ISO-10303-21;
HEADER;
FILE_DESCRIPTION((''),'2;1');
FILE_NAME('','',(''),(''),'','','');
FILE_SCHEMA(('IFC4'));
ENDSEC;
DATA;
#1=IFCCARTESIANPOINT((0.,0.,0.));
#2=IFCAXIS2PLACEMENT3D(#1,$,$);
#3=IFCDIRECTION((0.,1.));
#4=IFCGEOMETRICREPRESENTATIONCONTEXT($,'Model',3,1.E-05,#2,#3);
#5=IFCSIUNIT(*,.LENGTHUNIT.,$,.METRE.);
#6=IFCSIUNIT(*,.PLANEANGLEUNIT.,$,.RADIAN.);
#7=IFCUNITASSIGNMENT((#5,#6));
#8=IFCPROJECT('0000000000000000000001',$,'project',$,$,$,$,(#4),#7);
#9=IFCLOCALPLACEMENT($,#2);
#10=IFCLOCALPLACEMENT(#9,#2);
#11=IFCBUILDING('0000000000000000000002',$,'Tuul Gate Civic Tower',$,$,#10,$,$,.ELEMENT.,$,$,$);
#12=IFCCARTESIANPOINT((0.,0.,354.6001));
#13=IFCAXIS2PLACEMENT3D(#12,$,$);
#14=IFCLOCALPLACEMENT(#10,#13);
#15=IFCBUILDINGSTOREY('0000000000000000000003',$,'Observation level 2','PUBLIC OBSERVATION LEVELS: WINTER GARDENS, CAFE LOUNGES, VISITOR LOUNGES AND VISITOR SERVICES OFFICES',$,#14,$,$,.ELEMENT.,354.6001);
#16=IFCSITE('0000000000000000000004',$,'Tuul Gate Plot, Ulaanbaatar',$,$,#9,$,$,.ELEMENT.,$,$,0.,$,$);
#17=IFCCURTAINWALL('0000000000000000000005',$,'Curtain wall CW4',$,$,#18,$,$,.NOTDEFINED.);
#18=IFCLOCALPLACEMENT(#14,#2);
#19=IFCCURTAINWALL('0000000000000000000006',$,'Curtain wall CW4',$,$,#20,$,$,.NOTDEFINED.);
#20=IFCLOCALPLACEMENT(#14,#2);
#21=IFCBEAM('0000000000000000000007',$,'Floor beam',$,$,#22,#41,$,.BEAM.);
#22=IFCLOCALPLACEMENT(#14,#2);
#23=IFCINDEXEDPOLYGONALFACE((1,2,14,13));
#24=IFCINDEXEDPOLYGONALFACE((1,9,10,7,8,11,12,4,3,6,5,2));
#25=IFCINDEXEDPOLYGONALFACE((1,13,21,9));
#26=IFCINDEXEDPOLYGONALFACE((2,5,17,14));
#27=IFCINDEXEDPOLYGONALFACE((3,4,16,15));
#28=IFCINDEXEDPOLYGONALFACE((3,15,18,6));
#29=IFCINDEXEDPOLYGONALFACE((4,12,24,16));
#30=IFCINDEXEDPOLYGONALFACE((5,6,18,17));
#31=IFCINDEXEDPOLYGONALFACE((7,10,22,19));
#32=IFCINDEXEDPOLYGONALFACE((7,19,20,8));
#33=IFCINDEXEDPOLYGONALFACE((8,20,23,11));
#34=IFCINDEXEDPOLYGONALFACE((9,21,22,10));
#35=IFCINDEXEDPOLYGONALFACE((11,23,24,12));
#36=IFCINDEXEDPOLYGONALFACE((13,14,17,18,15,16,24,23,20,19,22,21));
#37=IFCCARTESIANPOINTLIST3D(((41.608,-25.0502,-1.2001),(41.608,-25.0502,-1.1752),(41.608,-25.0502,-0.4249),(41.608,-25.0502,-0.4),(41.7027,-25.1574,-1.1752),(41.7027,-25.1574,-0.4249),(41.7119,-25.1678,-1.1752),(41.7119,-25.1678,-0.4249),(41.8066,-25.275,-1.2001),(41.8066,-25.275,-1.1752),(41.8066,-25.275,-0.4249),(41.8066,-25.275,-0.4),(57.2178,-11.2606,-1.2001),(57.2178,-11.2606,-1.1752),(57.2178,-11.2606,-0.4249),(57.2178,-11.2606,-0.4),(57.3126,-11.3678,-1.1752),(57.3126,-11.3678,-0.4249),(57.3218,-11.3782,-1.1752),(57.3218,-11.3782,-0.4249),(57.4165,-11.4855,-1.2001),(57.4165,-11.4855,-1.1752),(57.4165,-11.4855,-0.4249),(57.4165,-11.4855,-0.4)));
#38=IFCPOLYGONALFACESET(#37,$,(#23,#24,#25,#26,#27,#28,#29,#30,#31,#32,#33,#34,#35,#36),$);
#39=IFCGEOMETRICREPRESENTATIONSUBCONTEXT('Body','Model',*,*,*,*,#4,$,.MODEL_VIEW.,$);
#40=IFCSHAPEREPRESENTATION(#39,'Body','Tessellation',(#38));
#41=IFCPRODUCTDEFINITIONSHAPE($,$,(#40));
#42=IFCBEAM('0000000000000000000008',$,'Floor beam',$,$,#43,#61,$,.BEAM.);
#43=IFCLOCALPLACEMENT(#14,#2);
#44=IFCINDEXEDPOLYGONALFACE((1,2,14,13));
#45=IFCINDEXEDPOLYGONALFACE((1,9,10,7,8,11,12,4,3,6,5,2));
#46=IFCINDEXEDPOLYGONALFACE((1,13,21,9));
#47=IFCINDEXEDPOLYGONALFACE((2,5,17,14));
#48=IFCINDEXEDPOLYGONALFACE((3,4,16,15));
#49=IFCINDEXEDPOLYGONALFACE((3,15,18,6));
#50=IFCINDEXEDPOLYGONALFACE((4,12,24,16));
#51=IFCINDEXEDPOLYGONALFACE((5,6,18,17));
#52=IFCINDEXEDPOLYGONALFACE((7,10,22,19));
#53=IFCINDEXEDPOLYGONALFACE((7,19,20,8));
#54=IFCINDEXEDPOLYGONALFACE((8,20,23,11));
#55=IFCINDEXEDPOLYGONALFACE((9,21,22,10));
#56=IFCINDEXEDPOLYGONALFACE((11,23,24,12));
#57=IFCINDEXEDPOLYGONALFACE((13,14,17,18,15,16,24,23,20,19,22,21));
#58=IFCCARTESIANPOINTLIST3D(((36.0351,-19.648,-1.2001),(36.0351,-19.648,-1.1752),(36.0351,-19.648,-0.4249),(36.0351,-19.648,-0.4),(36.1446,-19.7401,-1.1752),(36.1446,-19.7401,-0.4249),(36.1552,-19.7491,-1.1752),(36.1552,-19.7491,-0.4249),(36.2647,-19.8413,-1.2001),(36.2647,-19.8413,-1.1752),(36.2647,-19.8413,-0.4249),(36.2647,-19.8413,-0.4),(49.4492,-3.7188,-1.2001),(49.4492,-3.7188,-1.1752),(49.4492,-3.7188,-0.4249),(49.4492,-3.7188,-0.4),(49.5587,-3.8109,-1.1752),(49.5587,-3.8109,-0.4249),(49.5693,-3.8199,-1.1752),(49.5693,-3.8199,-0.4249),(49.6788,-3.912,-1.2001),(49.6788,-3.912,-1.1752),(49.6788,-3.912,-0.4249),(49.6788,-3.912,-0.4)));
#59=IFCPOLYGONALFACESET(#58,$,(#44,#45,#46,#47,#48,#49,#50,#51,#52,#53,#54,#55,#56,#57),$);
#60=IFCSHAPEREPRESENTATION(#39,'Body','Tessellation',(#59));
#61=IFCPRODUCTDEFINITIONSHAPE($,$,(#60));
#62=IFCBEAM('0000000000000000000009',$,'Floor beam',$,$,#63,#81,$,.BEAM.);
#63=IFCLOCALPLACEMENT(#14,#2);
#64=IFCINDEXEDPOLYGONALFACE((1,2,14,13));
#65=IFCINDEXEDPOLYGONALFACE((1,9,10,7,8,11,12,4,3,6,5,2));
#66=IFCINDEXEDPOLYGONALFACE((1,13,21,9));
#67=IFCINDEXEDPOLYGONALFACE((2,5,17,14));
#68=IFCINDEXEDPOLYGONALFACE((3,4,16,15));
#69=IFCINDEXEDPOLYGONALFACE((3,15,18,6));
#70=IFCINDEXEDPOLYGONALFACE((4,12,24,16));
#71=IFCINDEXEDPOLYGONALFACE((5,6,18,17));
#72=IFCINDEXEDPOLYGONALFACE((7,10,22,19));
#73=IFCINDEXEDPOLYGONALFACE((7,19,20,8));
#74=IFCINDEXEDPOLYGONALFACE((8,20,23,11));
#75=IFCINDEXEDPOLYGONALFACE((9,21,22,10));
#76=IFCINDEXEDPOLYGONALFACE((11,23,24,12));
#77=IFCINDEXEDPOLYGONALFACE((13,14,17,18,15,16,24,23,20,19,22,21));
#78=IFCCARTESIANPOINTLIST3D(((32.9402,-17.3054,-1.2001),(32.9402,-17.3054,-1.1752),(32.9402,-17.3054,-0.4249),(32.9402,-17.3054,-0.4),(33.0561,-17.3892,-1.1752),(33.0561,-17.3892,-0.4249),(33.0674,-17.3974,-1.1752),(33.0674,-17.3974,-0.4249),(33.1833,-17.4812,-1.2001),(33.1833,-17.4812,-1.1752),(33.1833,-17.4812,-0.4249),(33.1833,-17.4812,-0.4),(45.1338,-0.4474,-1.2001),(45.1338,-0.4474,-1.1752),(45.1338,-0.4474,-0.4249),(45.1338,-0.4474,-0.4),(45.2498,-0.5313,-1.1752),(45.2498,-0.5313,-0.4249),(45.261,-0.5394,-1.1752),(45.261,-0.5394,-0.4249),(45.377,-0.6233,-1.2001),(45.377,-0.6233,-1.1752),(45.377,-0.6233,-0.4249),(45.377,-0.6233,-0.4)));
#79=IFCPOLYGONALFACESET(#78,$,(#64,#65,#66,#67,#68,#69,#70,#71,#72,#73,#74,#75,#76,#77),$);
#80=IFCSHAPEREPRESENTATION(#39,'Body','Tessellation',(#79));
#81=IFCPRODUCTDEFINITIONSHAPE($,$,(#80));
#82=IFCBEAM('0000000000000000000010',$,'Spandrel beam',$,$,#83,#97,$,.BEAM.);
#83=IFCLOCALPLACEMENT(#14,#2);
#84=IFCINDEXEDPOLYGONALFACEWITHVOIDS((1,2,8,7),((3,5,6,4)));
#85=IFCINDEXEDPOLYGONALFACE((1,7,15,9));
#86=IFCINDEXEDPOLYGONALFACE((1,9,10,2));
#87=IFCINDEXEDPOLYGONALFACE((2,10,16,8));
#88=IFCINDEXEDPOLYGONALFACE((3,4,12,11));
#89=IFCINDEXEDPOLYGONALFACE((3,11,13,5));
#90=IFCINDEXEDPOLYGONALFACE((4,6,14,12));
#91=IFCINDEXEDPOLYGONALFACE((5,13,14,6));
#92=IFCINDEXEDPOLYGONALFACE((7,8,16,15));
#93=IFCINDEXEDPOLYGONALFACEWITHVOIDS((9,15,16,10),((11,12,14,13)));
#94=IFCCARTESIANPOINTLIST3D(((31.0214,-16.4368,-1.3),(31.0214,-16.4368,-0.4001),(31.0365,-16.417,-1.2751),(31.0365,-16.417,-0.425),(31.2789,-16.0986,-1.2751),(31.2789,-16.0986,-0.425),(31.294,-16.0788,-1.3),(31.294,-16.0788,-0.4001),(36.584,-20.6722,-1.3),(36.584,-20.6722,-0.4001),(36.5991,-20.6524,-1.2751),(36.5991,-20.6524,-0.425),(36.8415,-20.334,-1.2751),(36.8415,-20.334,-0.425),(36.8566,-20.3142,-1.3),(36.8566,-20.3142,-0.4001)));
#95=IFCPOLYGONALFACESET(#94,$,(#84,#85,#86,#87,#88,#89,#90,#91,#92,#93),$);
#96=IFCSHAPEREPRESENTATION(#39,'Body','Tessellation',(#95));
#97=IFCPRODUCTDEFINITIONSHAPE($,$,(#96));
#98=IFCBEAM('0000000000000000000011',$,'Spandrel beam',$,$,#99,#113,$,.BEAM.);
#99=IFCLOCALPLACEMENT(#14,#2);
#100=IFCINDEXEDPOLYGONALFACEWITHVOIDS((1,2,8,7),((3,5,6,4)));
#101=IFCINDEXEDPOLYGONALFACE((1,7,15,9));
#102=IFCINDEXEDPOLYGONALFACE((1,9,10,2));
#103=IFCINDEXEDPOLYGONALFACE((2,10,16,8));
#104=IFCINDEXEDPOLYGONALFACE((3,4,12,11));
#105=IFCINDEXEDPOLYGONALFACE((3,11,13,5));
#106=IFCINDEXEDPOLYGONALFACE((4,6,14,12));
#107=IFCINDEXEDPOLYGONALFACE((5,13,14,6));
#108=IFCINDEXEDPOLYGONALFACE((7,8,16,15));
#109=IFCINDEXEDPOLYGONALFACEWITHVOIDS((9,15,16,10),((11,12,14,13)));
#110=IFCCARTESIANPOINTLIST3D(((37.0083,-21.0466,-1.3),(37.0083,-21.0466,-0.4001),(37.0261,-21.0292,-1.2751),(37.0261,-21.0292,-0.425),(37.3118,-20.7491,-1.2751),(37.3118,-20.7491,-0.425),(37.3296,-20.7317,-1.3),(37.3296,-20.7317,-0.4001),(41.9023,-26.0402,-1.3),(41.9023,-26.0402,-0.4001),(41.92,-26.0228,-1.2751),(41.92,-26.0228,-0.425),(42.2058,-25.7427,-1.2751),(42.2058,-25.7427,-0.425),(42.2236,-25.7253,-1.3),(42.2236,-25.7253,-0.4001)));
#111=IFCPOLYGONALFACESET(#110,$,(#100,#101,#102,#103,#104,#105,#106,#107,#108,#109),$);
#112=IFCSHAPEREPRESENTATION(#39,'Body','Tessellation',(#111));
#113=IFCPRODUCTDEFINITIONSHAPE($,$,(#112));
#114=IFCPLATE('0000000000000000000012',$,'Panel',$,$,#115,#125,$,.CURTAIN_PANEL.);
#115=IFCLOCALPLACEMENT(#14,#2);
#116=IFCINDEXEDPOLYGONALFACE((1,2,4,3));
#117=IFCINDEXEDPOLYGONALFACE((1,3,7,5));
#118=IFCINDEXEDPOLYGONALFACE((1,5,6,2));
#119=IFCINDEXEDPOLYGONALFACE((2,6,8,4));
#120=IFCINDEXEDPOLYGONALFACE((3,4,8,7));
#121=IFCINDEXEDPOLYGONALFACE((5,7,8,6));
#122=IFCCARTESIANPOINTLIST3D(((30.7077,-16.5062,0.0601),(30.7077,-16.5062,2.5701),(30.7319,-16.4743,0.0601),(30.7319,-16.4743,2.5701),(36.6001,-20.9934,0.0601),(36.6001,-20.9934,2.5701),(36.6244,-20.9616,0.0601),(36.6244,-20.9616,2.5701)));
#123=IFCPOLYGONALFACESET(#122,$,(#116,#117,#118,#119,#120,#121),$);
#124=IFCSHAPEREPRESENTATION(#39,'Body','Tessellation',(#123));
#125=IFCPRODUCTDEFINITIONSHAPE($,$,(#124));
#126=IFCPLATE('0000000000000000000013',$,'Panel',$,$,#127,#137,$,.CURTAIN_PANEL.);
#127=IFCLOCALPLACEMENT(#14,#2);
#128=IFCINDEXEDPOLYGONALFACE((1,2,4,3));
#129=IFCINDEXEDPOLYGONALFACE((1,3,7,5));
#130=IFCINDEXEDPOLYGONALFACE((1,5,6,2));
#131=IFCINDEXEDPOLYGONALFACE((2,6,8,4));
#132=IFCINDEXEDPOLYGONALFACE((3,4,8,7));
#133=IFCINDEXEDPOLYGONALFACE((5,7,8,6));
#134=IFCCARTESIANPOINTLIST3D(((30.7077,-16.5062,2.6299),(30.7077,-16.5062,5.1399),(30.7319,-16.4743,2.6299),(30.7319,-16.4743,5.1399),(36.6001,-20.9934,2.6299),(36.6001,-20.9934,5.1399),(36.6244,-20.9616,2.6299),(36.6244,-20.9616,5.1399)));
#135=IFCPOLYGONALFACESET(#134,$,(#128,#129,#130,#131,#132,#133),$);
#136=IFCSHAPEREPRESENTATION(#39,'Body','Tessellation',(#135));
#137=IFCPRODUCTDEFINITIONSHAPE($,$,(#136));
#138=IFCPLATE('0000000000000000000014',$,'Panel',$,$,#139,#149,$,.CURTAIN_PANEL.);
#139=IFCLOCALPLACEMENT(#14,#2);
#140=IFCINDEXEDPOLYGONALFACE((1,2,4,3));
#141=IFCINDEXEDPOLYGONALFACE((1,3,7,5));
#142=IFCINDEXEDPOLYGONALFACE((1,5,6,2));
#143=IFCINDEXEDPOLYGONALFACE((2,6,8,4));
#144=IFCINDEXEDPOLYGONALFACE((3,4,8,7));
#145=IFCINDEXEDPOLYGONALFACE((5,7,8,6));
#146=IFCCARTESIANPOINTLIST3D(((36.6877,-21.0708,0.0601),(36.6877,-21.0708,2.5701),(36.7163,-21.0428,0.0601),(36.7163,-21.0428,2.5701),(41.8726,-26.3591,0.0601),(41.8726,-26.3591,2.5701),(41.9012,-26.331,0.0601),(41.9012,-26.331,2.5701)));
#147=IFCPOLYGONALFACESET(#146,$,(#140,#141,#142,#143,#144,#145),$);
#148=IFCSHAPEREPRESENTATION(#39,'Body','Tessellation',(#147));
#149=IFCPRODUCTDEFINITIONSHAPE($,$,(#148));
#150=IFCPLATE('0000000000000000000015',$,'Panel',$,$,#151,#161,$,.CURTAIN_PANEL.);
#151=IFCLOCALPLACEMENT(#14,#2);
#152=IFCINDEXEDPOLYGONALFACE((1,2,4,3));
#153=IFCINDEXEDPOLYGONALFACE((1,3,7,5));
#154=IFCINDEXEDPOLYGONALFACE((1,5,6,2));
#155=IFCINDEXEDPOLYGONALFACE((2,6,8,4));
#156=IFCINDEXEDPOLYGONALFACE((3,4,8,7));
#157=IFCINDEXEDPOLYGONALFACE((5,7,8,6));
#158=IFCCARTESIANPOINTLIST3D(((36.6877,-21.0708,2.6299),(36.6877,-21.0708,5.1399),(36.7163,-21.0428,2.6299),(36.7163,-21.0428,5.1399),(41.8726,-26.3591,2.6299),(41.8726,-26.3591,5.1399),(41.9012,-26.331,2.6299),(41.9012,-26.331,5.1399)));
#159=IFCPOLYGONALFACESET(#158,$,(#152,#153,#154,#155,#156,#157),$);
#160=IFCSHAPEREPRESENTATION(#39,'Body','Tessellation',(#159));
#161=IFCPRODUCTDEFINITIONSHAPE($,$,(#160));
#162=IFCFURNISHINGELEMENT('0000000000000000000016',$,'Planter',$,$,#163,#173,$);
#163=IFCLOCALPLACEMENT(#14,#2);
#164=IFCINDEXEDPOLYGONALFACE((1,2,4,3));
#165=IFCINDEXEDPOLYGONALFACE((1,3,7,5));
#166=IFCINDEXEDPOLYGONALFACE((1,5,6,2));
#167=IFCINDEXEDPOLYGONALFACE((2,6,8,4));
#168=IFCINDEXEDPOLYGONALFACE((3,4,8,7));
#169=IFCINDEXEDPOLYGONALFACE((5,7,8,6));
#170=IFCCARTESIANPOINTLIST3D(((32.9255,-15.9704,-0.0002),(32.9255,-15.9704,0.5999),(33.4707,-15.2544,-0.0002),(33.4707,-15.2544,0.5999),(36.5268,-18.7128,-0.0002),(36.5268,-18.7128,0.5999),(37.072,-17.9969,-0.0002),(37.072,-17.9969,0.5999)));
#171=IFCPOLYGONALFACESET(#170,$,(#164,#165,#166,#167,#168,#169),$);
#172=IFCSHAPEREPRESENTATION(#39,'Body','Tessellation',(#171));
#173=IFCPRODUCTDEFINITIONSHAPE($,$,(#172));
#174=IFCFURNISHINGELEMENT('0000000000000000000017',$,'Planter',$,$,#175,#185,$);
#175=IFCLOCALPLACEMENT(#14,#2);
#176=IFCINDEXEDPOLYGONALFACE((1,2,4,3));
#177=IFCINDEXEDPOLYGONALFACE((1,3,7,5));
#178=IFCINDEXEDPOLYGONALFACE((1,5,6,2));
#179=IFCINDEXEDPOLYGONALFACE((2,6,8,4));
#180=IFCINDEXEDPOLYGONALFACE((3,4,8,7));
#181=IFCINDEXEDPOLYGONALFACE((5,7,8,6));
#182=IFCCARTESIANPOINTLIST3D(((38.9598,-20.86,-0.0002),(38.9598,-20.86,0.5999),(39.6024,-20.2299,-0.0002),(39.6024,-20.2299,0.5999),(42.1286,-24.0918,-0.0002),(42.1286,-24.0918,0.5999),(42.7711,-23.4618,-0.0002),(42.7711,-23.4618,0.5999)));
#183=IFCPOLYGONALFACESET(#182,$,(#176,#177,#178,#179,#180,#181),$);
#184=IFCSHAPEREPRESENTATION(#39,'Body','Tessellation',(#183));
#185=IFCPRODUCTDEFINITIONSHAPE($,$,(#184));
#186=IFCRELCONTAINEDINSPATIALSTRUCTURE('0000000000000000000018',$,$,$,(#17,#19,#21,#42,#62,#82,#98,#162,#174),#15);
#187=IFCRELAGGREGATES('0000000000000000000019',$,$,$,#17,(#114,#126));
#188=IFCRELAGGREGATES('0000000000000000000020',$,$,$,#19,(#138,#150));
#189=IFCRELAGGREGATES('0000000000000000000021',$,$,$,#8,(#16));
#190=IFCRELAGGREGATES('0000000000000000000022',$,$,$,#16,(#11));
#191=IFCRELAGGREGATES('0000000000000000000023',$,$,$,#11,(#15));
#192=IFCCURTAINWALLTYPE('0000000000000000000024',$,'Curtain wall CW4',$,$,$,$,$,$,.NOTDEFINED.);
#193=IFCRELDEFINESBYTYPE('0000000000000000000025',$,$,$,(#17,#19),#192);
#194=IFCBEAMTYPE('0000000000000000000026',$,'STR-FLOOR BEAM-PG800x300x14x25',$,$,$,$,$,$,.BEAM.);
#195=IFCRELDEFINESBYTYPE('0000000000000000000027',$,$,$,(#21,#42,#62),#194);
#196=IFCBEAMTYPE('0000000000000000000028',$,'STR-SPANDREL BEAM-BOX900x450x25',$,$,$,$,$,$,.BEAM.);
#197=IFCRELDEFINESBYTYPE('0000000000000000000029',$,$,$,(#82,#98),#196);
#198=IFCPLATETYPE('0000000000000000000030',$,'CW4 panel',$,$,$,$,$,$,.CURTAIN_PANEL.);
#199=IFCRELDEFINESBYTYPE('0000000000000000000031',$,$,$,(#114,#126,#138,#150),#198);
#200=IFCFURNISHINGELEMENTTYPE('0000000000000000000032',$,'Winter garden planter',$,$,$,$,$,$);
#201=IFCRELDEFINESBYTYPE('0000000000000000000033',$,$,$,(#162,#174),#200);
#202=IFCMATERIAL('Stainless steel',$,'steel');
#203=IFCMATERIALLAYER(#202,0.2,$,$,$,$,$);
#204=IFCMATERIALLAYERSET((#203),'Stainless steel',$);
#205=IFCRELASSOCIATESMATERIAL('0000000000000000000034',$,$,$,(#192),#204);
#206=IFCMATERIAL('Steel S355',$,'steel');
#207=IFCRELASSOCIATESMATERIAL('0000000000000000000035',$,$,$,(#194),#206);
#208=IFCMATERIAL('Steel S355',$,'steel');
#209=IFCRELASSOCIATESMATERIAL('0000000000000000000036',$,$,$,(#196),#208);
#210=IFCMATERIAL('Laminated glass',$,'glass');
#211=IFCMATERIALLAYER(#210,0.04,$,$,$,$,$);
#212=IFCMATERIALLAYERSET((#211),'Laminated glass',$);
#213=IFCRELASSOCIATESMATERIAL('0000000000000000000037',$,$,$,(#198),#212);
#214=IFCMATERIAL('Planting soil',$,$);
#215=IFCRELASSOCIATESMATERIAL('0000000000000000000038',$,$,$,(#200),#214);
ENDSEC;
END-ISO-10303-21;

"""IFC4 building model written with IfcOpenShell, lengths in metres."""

from ifc_helpers import new_model, si_unit, direction, frame, origin, origin_2d, place, context, subcontext, project, spatial, rectangle, hollow_rectangle, i_section, extrude, material, layer, layer_set, material_profile, profile_set, type_object, element, aggregate, save


model = new_model("IFC4")

# Units and contexts
model_context = context("Model", 3, precision=1e-05, world=origin(), true_north=direction((0.0, 1.0)))
body_context = subcontext(model_context, "Body", "Model", "MODEL_VIEW")
ifc_project = project(units=[si_unit("LENGTHUNIT", "METRE"), si_unit("PLANEANGLEUNIT", "RADIAN")], contexts=[model_context])

# Site, building, storey
site_placement = place(None, origin())
site = spatial("IfcSite", under=ifc_project, at=site_placement, Name="Tuul Gate Plot, Ulaanbaatar", CompositionType="ELEMENT", RefElevation=0.0)
building_placement = place(site_placement, origin())
building = spatial("IfcBuilding", under=site, at=building_placement, Name="Tuul Gate Civic Tower", CompositionType="ELEMENT")
storey_placement = place(building_placement, frame((0.0, 0.0, 354.6001)))
storey = spatial("IfcBuildingStorey", under=building, at=storey_placement, Name="Observation level 2", Description="PUBLIC OBSERVATION LEVELS: WINTER GARDENS, CAFE LOUNGES, VISITOR LOUNGES AND VISITOR SERVICES OFFICES", CompositionType="ELEMENT", Elevation=354.6001)

# Curtain wall
ifc_material_1 = material(Name="Stainless steel", Category="steel")
ifc_layer_1 = layer(ifc_material_1, 0.2)
ifc_layer_set_1 = layer_set([ifc_layer_1], Name="Stainless steel")
curtain_wall_type = type_object("IfcCurtainWallType", Name="Curtain wall CW4", PredefinedType="NOTDEFINED", material=ifc_layer_set_1)
curtain_wall_1_placement = place(storey_placement, origin())
curtain_wall_1 = element("IfcCurtainWall", 1, at=curtain_wall_1_placement, inside=storey, type_object=curtain_wall_type, Name="Curtain wall CW4", PredefinedType="NOTDEFINED")

# Curtain wall
curtain_wall_2_placement = place(storey_placement, origin())
curtain_wall_2 = element("IfcCurtainWall", 2, at=curtain_wall_2_placement, inside=storey, type_object=curtain_wall_type, Name="Curtain wall CW4", PredefinedType="NOTDEFINED")

# Beams
ifc_material_2 = material(Name="Steel S355", Category="steel")
ifc_material_profile_1 = material_profile(ifc_material_2, i_section(OverallWidth=0.3, OverallDepth=0.8, WebThickness=0.0139, FlangeThickness=0.0249, at=origin_2d()), Name="PG800x300x14x25")
ifc_profile_set_1 = profile_set([ifc_material_profile_1], Name="Steel S355")
beam_type_1 = type_object("IfcBeamType", Name="STR-FLOOR BEAM-PG800x300x14x25", PredefinedType="BEAM", material=ifc_profile_set_1)
beam_1_placement = place(storey_placement, frame((41.7073, -25.1626, -0.8), z_axis=(0.749453, 0.662057, 0.0), x_axis=(-0.662057, 0.749453, 0.0)))
element("IfcBeam", 3, at=beam_1_placement, inside=storey, type_object=beam_type_1, Name="Floor beam", PredefinedType="BEAM", context=body_context, shape_type="SweptSolid", body=[
    extrude(i_section(OverallWidth=0.3, OverallDepth=0.8, WebThickness=0.0139, FlangeThickness=0.0249, at=origin_2d()), origin(), (0.0, 0.0, 1.0), 20.8284),
])
beam_2_placement = place(storey_placement, frame((36.1499, -19.7446, -0.8), z_axis=(0.644136, 0.764911, 0.0), x_axis=(-0.764911, 0.644136, 0.0)))
element("IfcBeam", 4, at=beam_2_placement, inside=storey, type_object=beam_type_1, Name="Floor beam", PredefinedType="BEAM", context=body_context, shape_type="SweptSolid", body=[
    extrude(i_section(OverallWidth=0.3, OverallDepth=0.8, WebThickness=0.0139, FlangeThickness=0.0249, at=origin_2d()), origin(), (0.0, 0.0, 1.0), 20.825),
])
beam_3_placement = place(storey_placement, frame((33.0618, -17.3933, -0.8), z_axis=(0.586073, 0.810258, 0.0), x_axis=(-0.810258, 0.586073, 0.0)))
element("IfcBeam", 5, at=beam_3_placement, inside=storey, type_object=beam_type_1, Name="Floor beam", PredefinedType="BEAM", context=body_context, shape_type="SweptSolid", body=[
    extrude(i_section(OverallWidth=0.3, OverallDepth=0.8, WebThickness=0.0139, FlangeThickness=0.0249, at=origin_2d()), origin(), (0.0, 0.0, 1.0), 20.8057),
])
ifc_material_3 = material(Name="Steel S355", Category="steel")
ifc_material_profile_2 = material_profile(ifc_material_3, hollow_rectangle(XDim=0.45, YDim=0.8999, WallThickness=0.0249, at=origin_2d()), Name="BOX900x450x25")
ifc_profile_set_2 = profile_set([ifc_material_profile_2], Name="Steel S355")
beam_type_2 = type_object("IfcBeamType", Name="STR-SPANDREL BEAM-BOX900x450x25", PredefinedType="BEAM", material=ifc_profile_set_2)
beam_4_placement = place(storey_placement, frame((31.1577, -16.2578, -0.8501), z_axis=(0.795621, -0.605795, 0.0), x_axis=(0.605795, 0.795621, 0.0)))
element("IfcBeam", 6, at=beam_4_placement, inside=storey, type_object=beam_type_2, Name="Spandrel beam", PredefinedType="BEAM", context=body_context, shape_type="SweptSolid", body=[
    extrude(hollow_rectangle(XDim=0.45, YDim=0.8999, WallThickness=0.0249, at=origin_2d()), origin(), (0.0, 0.0, 1.0), 6.9915),
])
beam_5_placement = place(storey_placement, frame((37.1689, -20.8892, -0.8501), z_axis=(0.699948, -0.714194, 0.0), x_axis=(0.714194, 0.699948, 0.0)))
element("IfcBeam", 7, at=beam_5_placement, inside=storey, type_object=beam_type_2, Name="Spandrel beam", PredefinedType="BEAM", context=body_context, shape_type="SweptSolid", body=[
    extrude(hollow_rectangle(XDim=0.45, YDim=0.8999, WallThickness=0.0249, at=origin_2d()), origin(), (0.0, 0.0, 1.0), 6.9919),
])

# Plates
ifc_material_4 = material(Name="Laminated glass", Category="glass")
ifc_layer_2 = layer(ifc_material_4, 0.04)
ifc_layer_set_2 = layer_set([ifc_layer_2], Name="Laminated glass")
plate_type = type_object("IfcPlateType", Name="CW4 panel", PredefinedType="CURTAIN_PANEL", material=ifc_layer_set_2)
plate_1_placement = place(storey_placement, frame((33.666, -18.7339, 0.0601), z_axis=(0.0, 0.0, 1.0), x_axis=(0.795578, -0.605851, 0.0)))
plate_1 = element("IfcPlate", 8, at=plate_1_placement, type_object=plate_type, Name="Panel", PredefinedType="CURTAIN_PANEL", context=body_context, shape_type="SweptSolid", body=[
    extrude(rectangle(XDim=7.4065, YDim=0.04, at=origin_2d()), origin(), (0.0, 0.0, 1.0), 2.51),
])
plate_2_placement = place(storey_placement, frame((33.666, -18.7339, 2.6299), z_axis=(0.0, 0.0, 1.0), x_axis=(0.795578, -0.605851, 0.0)))
plate_2 = element("IfcPlate", 9, at=plate_2_placement, type_object=plate_type, Name="Panel", PredefinedType="CURTAIN_PANEL", context=body_context, shape_type="SweptSolid", body=[
    extrude(rectangle(XDim=7.4065, YDim=0.04, at=origin_2d()), origin(), (0.0, 0.0, 1.0), 2.51),
])
aggregate(curtain_wall_1, [plate_1, plate_2])
plate_3_placement = place(storey_placement, frame((39.2944, -23.7009, 0.0601), z_axis=(0.0, 0.0, 1.0), x_axis=(0.700097, -0.714048, 0.0)))
plate_3 = element("IfcPlate", 10, at=plate_3_placement, type_object=plate_type, Name="Panel", PredefinedType="CURTAIN_PANEL", context=body_context, shape_type="SweptSolid", body=[
    extrude(rectangle(XDim=7.406, YDim=0.04, at=origin_2d()), origin(), (0.0, 0.0, 1.0), 2.51),
])
plate_4_placement = place(storey_placement, frame((39.2944, -23.7009, 2.6299), z_axis=(0.0, 0.0, 1.0), x_axis=(0.700097, -0.714048, 0.0)))
plate_4 = element("IfcPlate", 11, at=plate_4_placement, type_object=plate_type, Name="Panel", PredefinedType="CURTAIN_PANEL", context=body_context, shape_type="SweptSolid", body=[
    extrude(rectangle(XDim=7.406, YDim=0.04, at=origin_2d()), origin(), (0.0, 0.0, 1.0), 2.51),
])
aggregate(curtain_wall_2, [plate_3, plate_4])

# Furnishing elements
ifc_material_5 = material(Name="Planting soil")
furnishing_element_type = type_object("IfcFurnishingElementType", Name="Winter garden planter", material=ifc_material_5)
furnishing_1_placement = place(storey_placement, frame((34.9988, -16.9836, -0.0002), z_axis=(0.0, 0.0, 1.0), x_axis=(0.795578, -0.605851, 0.0)))
element("IfcFurnishingElement", 12, at=furnishing_1_placement, inside=storey, type_object=furnishing_element_type, Name="Planter", context=body_context, shape_type="SweptSolid", body=[
    extrude(rectangle(XDim=4.5266, YDim=0.8999, at=origin_2d()), origin(), (0.0, 0.0, 1.0), 0.6001),
])
furnishing_2_placement = place(storey_placement, frame((40.8655, -22.1609, -0.0002), z_axis=(0.0, 0.0, 1.0), x_axis=(0.700097, -0.714048, 0.0)))
element("IfcFurnishingElement", 13, at=furnishing_2_placement, inside=storey, type_object=furnishing_element_type, Name="Planter", context=body_context, shape_type="SweptSolid", body=[
    extrude(rectangle(XDim=4.5261, YDim=0.8999, at=origin_2d()), origin(), (0.0, 0.0, 1.0), 0.6001),
])

save(model, "model.ifc")
